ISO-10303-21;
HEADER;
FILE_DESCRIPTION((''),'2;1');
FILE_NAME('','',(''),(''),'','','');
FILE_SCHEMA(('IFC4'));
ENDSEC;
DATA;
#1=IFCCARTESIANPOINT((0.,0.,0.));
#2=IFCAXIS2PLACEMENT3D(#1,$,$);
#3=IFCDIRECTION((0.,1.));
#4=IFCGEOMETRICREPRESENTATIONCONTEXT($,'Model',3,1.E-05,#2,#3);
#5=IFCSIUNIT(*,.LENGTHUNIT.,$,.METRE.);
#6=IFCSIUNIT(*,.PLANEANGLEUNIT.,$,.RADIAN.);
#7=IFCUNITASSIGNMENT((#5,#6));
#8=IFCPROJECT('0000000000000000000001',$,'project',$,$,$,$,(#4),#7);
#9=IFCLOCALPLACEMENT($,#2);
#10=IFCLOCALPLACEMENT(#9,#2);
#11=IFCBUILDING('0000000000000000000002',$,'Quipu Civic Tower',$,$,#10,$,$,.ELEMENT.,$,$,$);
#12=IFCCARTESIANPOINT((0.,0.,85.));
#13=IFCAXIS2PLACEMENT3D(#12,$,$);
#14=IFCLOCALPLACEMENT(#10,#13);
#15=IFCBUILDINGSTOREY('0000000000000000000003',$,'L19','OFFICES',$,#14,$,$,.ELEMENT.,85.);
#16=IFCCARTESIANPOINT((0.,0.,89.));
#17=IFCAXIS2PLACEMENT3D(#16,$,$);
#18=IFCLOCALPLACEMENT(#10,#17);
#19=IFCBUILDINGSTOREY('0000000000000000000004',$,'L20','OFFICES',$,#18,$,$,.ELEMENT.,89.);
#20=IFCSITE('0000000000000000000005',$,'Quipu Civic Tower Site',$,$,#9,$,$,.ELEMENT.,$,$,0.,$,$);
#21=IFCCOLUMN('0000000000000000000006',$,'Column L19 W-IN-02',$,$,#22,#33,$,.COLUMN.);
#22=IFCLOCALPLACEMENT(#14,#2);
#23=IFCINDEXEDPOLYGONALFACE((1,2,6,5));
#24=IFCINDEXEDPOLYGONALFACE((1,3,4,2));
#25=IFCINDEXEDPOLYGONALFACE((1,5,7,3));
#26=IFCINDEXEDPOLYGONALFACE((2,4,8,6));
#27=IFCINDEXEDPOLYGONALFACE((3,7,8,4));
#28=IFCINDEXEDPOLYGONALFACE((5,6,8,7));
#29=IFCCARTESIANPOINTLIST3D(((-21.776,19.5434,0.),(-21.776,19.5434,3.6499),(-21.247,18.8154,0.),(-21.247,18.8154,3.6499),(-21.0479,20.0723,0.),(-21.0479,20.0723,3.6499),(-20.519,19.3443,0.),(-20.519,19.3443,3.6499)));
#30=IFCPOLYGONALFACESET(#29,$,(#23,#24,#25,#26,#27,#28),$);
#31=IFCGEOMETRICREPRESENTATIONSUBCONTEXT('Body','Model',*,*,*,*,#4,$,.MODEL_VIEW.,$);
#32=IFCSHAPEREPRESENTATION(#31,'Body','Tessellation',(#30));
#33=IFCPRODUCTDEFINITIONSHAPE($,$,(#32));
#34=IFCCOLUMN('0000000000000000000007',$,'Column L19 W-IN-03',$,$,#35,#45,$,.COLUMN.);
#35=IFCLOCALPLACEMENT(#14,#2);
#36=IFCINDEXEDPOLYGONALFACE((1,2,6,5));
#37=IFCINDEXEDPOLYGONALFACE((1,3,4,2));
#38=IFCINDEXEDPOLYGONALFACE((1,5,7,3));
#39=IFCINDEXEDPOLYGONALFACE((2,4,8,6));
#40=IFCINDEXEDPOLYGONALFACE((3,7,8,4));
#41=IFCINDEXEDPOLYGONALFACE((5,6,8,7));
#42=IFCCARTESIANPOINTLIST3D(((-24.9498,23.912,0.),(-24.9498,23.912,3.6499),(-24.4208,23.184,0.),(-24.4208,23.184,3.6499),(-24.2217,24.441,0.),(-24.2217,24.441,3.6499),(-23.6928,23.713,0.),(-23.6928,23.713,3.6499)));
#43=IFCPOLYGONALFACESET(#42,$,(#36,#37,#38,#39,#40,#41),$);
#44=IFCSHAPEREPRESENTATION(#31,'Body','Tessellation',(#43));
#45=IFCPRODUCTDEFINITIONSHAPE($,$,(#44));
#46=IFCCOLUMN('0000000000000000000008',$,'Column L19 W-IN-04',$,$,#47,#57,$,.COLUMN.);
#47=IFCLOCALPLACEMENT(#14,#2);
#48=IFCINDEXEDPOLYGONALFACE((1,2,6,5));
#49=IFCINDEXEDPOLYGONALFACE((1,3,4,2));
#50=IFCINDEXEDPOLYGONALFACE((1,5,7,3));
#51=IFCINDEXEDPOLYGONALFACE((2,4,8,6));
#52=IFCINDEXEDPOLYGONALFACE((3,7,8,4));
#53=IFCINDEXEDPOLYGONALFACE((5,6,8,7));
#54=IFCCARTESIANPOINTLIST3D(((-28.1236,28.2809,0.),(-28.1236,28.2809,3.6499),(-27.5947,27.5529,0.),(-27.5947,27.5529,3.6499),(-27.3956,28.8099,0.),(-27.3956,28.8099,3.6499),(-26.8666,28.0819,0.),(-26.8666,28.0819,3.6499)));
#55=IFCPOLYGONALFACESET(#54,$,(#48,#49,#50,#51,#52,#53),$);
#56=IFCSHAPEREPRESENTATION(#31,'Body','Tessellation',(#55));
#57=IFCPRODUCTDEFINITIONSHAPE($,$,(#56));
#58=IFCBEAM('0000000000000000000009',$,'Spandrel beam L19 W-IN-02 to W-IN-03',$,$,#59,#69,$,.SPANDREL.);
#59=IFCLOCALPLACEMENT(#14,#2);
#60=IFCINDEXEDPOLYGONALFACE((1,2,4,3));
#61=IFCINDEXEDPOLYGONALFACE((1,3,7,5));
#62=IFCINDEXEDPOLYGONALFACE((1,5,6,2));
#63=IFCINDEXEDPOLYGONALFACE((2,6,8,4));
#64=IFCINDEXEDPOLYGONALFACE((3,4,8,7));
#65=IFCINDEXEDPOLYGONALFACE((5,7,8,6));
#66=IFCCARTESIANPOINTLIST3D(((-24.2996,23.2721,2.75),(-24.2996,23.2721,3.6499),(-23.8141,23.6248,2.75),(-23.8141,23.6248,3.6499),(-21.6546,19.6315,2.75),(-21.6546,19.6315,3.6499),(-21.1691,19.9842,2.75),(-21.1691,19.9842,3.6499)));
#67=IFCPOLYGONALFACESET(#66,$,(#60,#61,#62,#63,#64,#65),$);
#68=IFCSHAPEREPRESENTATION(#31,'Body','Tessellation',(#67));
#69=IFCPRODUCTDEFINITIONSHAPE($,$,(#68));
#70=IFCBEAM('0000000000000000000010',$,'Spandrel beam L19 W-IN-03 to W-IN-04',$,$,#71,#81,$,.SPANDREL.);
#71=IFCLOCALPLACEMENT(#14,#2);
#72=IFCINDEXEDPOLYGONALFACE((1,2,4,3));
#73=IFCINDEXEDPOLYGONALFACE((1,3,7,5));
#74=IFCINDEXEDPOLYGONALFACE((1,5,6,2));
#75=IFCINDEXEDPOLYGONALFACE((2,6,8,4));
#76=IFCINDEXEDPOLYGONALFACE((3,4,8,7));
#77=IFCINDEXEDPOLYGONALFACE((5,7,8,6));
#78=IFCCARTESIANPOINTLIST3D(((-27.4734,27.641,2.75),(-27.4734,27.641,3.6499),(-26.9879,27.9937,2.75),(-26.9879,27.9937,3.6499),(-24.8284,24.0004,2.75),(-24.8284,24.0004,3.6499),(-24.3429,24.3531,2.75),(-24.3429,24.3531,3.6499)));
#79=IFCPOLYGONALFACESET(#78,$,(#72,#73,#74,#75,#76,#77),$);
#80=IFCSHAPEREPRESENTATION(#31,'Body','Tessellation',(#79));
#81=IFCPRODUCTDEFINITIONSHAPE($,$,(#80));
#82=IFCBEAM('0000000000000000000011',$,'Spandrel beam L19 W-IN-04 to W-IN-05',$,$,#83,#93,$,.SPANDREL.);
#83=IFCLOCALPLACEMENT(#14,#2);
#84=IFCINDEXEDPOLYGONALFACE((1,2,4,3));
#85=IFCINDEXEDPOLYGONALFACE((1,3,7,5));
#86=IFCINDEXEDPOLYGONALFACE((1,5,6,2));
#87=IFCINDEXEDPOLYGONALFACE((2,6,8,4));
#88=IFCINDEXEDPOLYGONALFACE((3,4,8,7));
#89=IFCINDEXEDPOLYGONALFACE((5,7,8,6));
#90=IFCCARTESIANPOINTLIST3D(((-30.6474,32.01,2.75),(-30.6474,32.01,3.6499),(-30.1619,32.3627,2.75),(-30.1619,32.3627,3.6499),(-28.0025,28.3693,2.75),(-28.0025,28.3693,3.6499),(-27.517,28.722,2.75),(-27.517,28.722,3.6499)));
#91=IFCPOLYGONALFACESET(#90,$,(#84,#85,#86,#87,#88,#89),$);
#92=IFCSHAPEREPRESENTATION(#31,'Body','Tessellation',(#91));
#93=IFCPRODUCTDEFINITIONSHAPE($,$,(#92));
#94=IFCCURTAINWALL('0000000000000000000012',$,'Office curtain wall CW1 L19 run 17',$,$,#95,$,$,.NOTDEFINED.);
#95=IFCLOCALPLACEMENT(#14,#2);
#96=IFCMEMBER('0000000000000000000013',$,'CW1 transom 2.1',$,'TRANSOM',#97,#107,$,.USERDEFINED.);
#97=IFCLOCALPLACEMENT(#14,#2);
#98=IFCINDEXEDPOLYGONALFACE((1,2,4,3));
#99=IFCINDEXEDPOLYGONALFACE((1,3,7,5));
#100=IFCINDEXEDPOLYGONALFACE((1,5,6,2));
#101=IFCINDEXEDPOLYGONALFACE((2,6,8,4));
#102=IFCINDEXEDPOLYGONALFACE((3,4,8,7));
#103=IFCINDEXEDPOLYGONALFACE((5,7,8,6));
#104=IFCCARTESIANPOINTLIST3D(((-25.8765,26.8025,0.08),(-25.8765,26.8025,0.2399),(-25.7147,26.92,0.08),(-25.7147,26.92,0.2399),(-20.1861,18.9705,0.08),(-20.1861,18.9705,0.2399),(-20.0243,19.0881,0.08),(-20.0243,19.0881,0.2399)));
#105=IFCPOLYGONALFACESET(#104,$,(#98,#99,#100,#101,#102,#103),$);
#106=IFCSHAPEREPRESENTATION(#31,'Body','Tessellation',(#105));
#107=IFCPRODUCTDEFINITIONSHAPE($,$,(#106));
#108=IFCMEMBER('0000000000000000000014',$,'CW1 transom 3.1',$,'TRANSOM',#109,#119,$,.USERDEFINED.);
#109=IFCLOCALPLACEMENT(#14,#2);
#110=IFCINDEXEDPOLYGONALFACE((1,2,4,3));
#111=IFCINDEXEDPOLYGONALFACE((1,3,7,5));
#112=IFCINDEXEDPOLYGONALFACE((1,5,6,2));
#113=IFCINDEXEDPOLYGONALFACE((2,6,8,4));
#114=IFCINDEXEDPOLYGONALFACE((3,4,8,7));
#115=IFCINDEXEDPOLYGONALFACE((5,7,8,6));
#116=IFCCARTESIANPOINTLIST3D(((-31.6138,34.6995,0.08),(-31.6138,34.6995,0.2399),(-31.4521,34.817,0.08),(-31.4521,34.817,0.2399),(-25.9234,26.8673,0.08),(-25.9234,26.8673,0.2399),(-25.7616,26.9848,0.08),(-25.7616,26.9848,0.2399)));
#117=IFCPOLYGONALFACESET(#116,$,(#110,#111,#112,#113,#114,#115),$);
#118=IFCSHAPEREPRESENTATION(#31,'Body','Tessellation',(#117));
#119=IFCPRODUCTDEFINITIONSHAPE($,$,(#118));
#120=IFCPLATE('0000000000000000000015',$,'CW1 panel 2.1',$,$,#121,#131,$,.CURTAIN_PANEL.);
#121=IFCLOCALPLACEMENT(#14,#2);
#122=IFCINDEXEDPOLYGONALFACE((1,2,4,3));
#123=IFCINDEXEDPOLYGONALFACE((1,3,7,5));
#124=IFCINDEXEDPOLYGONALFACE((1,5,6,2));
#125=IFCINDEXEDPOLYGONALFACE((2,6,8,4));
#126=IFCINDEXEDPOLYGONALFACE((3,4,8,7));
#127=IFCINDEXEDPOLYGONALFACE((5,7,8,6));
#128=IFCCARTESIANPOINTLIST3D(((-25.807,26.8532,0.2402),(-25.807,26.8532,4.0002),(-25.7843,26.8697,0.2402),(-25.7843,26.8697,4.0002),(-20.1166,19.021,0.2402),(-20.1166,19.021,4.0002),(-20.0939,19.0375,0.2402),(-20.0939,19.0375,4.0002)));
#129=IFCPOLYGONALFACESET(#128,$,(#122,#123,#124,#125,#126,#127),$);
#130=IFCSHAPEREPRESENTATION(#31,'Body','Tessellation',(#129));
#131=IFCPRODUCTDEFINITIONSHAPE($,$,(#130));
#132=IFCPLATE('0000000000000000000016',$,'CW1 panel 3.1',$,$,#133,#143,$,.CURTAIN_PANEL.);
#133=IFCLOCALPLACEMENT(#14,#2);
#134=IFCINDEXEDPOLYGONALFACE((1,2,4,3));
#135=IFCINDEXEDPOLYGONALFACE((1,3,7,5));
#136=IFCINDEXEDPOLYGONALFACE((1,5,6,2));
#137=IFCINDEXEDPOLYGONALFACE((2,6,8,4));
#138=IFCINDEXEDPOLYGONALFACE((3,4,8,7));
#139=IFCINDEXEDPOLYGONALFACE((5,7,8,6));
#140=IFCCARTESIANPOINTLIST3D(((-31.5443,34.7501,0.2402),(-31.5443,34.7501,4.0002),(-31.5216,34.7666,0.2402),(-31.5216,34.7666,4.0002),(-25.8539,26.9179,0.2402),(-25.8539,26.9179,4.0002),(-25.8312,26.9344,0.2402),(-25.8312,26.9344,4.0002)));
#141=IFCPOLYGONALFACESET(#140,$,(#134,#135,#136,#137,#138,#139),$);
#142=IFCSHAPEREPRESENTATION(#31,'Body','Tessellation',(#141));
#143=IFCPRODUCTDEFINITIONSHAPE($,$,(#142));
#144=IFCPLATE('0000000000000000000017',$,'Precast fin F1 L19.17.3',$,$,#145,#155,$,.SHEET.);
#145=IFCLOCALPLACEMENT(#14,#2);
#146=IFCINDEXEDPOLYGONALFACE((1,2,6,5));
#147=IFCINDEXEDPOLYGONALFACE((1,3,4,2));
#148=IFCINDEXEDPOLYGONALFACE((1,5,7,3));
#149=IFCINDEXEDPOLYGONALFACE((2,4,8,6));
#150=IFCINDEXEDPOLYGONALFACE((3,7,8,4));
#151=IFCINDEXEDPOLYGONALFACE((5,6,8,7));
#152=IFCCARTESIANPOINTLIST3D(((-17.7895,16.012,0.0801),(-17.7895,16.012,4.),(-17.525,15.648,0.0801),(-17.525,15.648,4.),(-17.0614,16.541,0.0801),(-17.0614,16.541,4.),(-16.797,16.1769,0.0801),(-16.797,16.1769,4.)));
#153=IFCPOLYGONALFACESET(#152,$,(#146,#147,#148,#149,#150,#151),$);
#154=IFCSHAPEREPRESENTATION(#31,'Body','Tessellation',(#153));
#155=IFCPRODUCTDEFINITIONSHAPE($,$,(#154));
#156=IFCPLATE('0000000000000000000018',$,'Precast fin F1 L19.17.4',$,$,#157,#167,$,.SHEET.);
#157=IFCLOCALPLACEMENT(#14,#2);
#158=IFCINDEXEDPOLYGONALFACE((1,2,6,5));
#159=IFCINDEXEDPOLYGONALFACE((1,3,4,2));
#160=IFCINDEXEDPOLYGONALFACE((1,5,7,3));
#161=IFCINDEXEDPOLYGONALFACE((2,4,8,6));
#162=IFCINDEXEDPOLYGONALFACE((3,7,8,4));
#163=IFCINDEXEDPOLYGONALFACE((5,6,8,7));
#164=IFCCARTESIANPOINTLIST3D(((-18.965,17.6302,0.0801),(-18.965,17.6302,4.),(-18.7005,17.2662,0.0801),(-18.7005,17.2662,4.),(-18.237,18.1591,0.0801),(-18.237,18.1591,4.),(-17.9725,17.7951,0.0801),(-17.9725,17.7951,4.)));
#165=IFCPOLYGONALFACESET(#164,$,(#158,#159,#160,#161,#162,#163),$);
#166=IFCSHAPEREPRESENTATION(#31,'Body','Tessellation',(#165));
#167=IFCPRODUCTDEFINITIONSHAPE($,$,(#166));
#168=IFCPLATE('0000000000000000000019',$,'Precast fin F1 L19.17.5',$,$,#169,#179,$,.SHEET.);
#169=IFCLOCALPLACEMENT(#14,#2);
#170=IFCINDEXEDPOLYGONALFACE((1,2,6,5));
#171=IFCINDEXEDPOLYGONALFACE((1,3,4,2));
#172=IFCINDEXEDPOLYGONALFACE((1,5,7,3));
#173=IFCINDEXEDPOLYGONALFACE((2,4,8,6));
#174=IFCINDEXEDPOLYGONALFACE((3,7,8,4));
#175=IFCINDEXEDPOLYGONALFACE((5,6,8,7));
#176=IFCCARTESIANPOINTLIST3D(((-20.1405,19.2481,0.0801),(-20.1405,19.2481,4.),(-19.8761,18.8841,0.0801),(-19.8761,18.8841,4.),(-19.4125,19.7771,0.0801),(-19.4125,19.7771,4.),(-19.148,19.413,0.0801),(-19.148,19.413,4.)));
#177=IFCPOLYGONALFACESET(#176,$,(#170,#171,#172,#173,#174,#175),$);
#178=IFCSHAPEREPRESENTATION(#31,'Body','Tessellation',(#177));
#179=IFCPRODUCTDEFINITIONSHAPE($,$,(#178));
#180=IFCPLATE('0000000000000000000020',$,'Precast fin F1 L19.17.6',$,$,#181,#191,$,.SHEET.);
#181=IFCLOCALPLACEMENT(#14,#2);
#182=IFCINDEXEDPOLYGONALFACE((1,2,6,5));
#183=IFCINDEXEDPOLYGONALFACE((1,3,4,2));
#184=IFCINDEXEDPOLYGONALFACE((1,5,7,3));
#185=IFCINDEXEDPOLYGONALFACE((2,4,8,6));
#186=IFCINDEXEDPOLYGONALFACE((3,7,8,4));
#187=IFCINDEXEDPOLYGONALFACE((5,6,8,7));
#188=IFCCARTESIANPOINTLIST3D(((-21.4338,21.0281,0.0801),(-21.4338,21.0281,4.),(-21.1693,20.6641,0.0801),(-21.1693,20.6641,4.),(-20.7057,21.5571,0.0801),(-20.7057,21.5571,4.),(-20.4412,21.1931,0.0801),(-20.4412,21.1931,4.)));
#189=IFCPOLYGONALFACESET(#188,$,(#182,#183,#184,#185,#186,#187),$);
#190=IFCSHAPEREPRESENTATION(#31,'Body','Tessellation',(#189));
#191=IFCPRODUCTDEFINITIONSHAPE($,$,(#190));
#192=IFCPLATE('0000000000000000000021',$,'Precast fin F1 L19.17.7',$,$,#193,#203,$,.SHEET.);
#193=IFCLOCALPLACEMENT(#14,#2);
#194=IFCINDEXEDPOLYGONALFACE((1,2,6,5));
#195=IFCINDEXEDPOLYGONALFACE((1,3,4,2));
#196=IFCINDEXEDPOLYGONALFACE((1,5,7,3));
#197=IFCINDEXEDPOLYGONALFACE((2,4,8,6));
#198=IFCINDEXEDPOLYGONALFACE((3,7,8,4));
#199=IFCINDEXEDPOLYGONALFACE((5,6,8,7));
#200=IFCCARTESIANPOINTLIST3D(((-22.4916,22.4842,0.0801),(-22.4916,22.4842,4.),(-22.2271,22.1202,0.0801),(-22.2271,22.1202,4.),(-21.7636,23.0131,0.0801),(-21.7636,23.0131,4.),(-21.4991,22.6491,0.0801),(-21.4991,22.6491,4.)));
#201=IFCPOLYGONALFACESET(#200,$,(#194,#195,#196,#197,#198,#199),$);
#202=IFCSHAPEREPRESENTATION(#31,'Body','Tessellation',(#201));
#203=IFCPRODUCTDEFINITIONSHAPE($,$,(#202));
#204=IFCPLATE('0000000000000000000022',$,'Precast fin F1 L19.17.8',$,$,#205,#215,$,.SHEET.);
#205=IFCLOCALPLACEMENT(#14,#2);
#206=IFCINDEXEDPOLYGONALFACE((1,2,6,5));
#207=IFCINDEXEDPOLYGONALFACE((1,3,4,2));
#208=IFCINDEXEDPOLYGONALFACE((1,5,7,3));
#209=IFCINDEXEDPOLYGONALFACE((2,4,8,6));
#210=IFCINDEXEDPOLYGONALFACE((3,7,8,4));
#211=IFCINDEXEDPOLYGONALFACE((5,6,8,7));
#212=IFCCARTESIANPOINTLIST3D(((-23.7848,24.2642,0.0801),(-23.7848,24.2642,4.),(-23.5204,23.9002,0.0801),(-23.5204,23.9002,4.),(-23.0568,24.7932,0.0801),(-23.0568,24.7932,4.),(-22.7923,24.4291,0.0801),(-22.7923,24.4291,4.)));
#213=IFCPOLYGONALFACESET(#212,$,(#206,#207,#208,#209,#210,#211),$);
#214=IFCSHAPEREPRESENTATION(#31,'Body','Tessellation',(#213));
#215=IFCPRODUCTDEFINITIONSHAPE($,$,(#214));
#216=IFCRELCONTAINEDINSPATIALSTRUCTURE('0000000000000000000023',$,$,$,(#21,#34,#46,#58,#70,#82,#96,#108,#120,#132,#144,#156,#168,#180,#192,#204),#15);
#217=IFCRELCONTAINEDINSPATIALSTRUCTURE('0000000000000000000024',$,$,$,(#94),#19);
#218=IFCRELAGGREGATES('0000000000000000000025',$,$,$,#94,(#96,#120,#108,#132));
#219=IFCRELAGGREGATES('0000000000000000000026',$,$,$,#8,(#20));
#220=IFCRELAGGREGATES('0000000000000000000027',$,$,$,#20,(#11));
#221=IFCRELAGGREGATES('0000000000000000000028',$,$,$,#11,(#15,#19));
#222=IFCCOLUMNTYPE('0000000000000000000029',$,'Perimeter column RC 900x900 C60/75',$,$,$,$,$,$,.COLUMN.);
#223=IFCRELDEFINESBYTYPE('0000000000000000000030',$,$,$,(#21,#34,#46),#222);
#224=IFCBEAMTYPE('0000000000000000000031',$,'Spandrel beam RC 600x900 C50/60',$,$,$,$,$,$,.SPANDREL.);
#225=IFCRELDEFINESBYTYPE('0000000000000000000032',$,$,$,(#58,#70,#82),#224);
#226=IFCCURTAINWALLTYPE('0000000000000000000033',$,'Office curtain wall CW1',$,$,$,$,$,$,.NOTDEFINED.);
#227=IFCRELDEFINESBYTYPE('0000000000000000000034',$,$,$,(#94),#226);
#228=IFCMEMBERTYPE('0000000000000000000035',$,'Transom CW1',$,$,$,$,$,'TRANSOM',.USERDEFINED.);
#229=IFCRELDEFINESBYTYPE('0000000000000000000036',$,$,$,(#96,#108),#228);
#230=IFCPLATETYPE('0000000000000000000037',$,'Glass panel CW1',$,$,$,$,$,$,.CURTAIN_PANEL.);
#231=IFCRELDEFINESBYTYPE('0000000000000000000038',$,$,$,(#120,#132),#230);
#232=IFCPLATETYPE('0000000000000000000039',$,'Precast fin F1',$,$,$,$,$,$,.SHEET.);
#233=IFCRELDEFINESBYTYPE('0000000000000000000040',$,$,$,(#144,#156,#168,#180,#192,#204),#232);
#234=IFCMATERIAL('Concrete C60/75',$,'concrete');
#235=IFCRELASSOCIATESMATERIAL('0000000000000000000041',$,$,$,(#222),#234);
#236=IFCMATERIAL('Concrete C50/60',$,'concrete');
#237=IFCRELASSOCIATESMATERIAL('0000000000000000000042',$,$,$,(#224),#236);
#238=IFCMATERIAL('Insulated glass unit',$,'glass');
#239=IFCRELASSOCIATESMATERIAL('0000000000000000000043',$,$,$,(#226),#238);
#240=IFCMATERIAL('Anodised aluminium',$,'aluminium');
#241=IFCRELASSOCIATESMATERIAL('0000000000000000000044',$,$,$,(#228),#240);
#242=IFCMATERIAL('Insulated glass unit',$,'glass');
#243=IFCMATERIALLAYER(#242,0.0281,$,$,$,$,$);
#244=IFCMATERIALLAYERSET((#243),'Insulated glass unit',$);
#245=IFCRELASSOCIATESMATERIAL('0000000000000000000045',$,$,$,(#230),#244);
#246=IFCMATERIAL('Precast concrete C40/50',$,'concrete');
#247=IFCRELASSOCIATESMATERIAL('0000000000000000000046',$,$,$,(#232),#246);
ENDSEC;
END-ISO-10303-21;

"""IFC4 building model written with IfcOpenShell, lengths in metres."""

from ifc_helpers import new_model, si_unit, direction, frame, origin, origin_2d, place, context, subcontext, project, spatial, rectangle, extrude, material, layer, layer_set, material_profile, profile_set, type_object, element, aggregate, save


model = new_model("IFC4")

# Units and contexts
model_context = context("Model", 3, precision=1e-05, world=origin(), true_north=direction((0.0, 1.0)))
body_context = subcontext(model_context, "Body", "Model", "MODEL_VIEW")
ifc_project = project(units=[si_unit("LENGTHUNIT", "METRE"), si_unit("PLANEANGLEUNIT", "RADIAN")], contexts=[model_context])

# Site, building, storey
site_placement = place(None, origin())
site = spatial("IfcSite", under=ifc_project, at=site_placement, Name="Quipu Civic Tower Site", CompositionType="ELEMENT", RefElevation=0.0)
building_placement = place(site_placement, origin())
building = spatial("IfcBuilding", under=site, at=building_placement, Name="Quipu Civic Tower", CompositionType="ELEMENT")
storey_1_placement = place(building_placement, frame((0.0, 0.0, 85.0)))
storey_1 = spatial("IfcBuildingStorey", under=building, at=storey_1_placement, Name="L19", Description="OFFICES", CompositionType="ELEMENT", Elevation=85.0)

# Columns
ifc_material_1 = material(Name="Concrete C60/75", Category="concrete")
ifc_material_profile_1 = material_profile(ifc_material_1, rectangle(XDim=0.8999, YDim=0.8999, at=origin_2d()), Name="RC900x900")
ifc_profile_set_1 = profile_set([ifc_material_profile_1], Name="Concrete C60/75")
column_type = type_object("IfcColumnType", Name="Perimeter column RC 900x900 C60/75", PredefinedType="COLUMN", material=ifc_profile_set_1)
for number, where, z_axis, x_axis, name in (
    (1, (-21.1475, 19.4438, 0.0), (0.0, 0.0, 1.0), (-0.587785, 0.809017, 0.0), "Column L19 W-IN-02"),
    (2, (-24.3213, 23.8125, 0.0), (0.0, 0.0, 1.0), (-0.587785, 0.809017, 0.0), "Column L19 W-IN-03"),
    (3, (-27.4951, 28.1814, 0.0), (0.0, 0.0, 1.0), (-0.587785, 0.809017, 0.0), "Column L19 W-IN-04"),
):
    element("IfcColumn", number, at=place(storey_1_placement, frame(where, z_axis=z_axis, x_axis=x_axis)), inside=storey_1, type_object=column_type, Name=name, PredefinedType="COLUMN", context=body_context, shape_type="SweptSolid", body=[
        extrude(rectangle(XDim=0.8999, YDim=0.8999, at=origin_2d()), origin(), (0.0, 0.0, 1.0), 3.6499),
    ])

# Beams
ifc_material_2 = material(Name="Concrete C50/60", Category="concrete")
ifc_material_profile_2 = material_profile(ifc_material_2, rectangle(XDim=0.6001, YDim=0.8999, at=origin_2d()), Name="RC600x900")
ifc_profile_set_2 = profile_set([ifc_material_profile_2], Name="Concrete C50/60")
beam_type = type_object("IfcBeamType", Name="Spandrel beam RC 600x900 C50/60", PredefinedType="SPANDREL", material=ifc_profile_set_2)
for number, where, z_axis, x_axis, name in (
    (4, (-21.4119, 19.8079, 3.2), (-0.587778, 0.809022, 0.0), (-0.809022, -0.587778, 0.0), "Spandrel beam L19 W-IN-02 to W-IN-03"),
    (5, (-24.5857, 24.1768, 3.2), (-0.587778, 0.809022, 0.0), (-0.809022, -0.587778, 0.0), "Spandrel beam L19 W-IN-03 to W-IN-04"),
    (6, (-27.7598, 28.5457, 3.2), (-0.587743, 0.809048, 0.0), (-0.809048, -0.587743, 0.0), "Spandrel beam L19 W-IN-04 to W-IN-05"),
):
    element("IfcBeam", number, at=place(storey_1_placement, frame(where, z_axis=z_axis, x_axis=x_axis)), inside=storey_1, type_object=beam_type, Name=name, PredefinedType="SPANDREL", context=body_context, shape_type="SweptSolid", body=[
        extrude(rectangle(XDim=0.6001, YDim=0.8999, at=origin_2d()), origin(), (0.0, 0.0, 1.0), 4.5),
    ])

# Shared definitions
storey_2_placement = place(building_placement, frame((0.0, 0.0, 89.0)))
storey_2 = spatial("IfcBuildingStorey", under=building, at=storey_2_placement, Name="L20", Description="OFFICES", CompositionType="ELEMENT", Elevation=89.0)

# Curtain wall, members, plates
ifc_material_3 = material(Name="Insulated glass unit", Category="glass")
curtain_wall_type = type_object("IfcCurtainWallType", Name="Office curtain wall CW1", PredefinedType="NOTDEFINED", material=ifc_material_3)
curtain_wall_placement = place(storey_2_placement, origin())
curtain_wall = element("IfcCurtainWall", 7, at=curtain_wall_placement, inside=storey_2, type_object=curtain_wall_type, Name="Office curtain wall CW1 L19 run 17", PredefinedType="NOTDEFINED")
ifc_material_4 = material(Name="Anodised aluminium", Category="aluminium")
ifc_material_profile_3 = material_profile(ifc_material_4, rectangle(XDim=0.2, YDim=0.1599, at=origin_2d()), Name="RECT 200x160")
ifc_profile_set_3 = profile_set([ifc_material_profile_3], Name="Anodised aluminium")
member_type = type_object("IfcMemberType", Name="Transom CW1", ElementType="TRANSOM", PredefinedType="USERDEFINED", material=ifc_profile_set_3)
member_1_placement = place(storey_1_placement, frame((-20.1052, 19.0293, 0.1599), z_axis=(-0.587794, 0.809011, 0.0), x_axis=(-0.809011, -0.587794, 0.0)))
member_1 = element("IfcMember", 8, at=member_1_placement, inside=storey_1, type_object=member_type, Name="CW1 transom 2.1", ObjectType="TRANSOM", PredefinedType="USERDEFINED", context=body_context, shape_type="SweptSolid", body=[
    extrude(rectangle(XDim=0.2, YDim=0.1599, at=origin_2d()), origin(), (0.0, 0.0, 1.0), 9.6809),
])
member_2_placement = place(storey_1_placement, frame((-25.8425, 26.926, 0.1599), z_axis=(-0.587782, 0.80902, 0.0), x_axis=(-0.80902, -0.587782, 0.0)))
member_2 = element("IfcMember", 9, at=member_2_placement, inside=storey_1, type_object=member_type, Name="CW1 transom 3.1", ObjectType="TRANSOM", PredefinedType="USERDEFINED", context=body_context, shape_type="SweptSolid", body=[
    extrude(rectangle(XDim=0.2, YDim=0.1599, at=origin_2d()), origin(), (0.0, 0.0, 1.0), 9.6812),
])
ifc_material_5 = material(Name="Insulated glass unit", Category="glass")
ifc_layer_1 = layer(ifc_material_5, 0.0281)
ifc_layer_set_1 = layer_set([ifc_layer_1], Name="Insulated glass unit")
plate_type_1 = type_object("IfcPlateType", Name="Glass panel CW1", PredefinedType="CURTAIN_PANEL", material=ifc_layer_set_1)
plate_1_placement = place(storey_1_placement, frame((-22.9504, 22.9453, 0.2402), z_axis=(0.0, 0.0, 1.0), x_axis=(-0.587786, 0.809017, 0.0)))
plate_1 = element("IfcPlate", 10, at=plate_1_placement, inside=storey_1, type_object=plate_type_1, Name="CW1 panel 2.1", PredefinedType="CURTAIN_PANEL", context=body_context, shape_type="SweptSolid", body=[
    extrude(rectangle(XDim=9.6812, YDim=0.0281, at=origin_2d()), origin(), (0.0, 0.0, 1.0), 3.76),
])
plate_2_placement = place(storey_1_placement, frame((-28.6877, 30.8423, 0.2402), z_axis=(0.0, 0.0, 1.0), x_axis=(-0.587786, 0.809017, 0.0)))
plate_2 = element("IfcPlate", 11, at=plate_2_placement, inside=storey_1, type_object=plate_type_1, Name="CW1 panel 3.1", PredefinedType="CURTAIN_PANEL", context=body_context, shape_type="SweptSolid", body=[
    extrude(rectangle(XDim=9.6812, YDim=0.0281, at=origin_2d()), origin(), (0.0, 0.0, 1.0), 3.76),
])
aggregate(curtain_wall, [member_1, plate_1, member_2, plate_2])

# Plates
ifc_material_6 = material(Name="Precast concrete C40/50", Category="concrete")
plate_type_2 = type_object("IfcPlateType", Name="Precast fin F1", PredefinedType="SHEET", material=ifc_material_6)
for number, where, z_axis, x_axis, name in (
    (12, (-17.2932, 16.0945, 0.0801), (0.0, 0.0, 1.0), (-0.587785, 0.809017, 0.0), "Precast fin F1 L19.17.3"),
    (13, (-18.4688, 17.7126, 0.0801), (0.0, 0.0, 1.0), (-0.587785, 0.809017, 0.0), "Precast fin F1 L19.17.4"),
    (14, (-19.6443, 19.3306, 0.0801), (0.0, 0.0, 1.0), (-0.587785, 0.809017, 0.0), "Precast fin F1 L19.17.5"),
    (15, (-20.9375, 21.1106, 0.0801), (0.0, 0.0, 1.0), (-0.587785, 0.809017, 0.0), "Precast fin F1 L19.17.6"),
    (16, (-21.9954, 22.5667, 0.0801), (0.0, 0.0, 1.0), (-0.587785, 0.809017, 0.0), "Precast fin F1 L19.17.7"),
    (17, (-23.2886, 24.3467, 0.0801), (0.0, 0.0, 1.0), (-0.587785, 0.809017, 0.0), "Precast fin F1 L19.17.8"),
):
    element("IfcPlate", number, at=place(storey_1_placement, frame(where, z_axis=z_axis, x_axis=x_axis)), inside=storey_1, type_object=plate_type_2, Name=name, PredefinedType="SHEET", context=body_context, shape_type="SweptSolid", body=[
        extrude(rectangle(XDim=0.45, YDim=0.8999, at=origin_2d()), origin(), (0.0, 0.0, 1.0), 3.9199),
    ])

save(model, "model.ifc")
